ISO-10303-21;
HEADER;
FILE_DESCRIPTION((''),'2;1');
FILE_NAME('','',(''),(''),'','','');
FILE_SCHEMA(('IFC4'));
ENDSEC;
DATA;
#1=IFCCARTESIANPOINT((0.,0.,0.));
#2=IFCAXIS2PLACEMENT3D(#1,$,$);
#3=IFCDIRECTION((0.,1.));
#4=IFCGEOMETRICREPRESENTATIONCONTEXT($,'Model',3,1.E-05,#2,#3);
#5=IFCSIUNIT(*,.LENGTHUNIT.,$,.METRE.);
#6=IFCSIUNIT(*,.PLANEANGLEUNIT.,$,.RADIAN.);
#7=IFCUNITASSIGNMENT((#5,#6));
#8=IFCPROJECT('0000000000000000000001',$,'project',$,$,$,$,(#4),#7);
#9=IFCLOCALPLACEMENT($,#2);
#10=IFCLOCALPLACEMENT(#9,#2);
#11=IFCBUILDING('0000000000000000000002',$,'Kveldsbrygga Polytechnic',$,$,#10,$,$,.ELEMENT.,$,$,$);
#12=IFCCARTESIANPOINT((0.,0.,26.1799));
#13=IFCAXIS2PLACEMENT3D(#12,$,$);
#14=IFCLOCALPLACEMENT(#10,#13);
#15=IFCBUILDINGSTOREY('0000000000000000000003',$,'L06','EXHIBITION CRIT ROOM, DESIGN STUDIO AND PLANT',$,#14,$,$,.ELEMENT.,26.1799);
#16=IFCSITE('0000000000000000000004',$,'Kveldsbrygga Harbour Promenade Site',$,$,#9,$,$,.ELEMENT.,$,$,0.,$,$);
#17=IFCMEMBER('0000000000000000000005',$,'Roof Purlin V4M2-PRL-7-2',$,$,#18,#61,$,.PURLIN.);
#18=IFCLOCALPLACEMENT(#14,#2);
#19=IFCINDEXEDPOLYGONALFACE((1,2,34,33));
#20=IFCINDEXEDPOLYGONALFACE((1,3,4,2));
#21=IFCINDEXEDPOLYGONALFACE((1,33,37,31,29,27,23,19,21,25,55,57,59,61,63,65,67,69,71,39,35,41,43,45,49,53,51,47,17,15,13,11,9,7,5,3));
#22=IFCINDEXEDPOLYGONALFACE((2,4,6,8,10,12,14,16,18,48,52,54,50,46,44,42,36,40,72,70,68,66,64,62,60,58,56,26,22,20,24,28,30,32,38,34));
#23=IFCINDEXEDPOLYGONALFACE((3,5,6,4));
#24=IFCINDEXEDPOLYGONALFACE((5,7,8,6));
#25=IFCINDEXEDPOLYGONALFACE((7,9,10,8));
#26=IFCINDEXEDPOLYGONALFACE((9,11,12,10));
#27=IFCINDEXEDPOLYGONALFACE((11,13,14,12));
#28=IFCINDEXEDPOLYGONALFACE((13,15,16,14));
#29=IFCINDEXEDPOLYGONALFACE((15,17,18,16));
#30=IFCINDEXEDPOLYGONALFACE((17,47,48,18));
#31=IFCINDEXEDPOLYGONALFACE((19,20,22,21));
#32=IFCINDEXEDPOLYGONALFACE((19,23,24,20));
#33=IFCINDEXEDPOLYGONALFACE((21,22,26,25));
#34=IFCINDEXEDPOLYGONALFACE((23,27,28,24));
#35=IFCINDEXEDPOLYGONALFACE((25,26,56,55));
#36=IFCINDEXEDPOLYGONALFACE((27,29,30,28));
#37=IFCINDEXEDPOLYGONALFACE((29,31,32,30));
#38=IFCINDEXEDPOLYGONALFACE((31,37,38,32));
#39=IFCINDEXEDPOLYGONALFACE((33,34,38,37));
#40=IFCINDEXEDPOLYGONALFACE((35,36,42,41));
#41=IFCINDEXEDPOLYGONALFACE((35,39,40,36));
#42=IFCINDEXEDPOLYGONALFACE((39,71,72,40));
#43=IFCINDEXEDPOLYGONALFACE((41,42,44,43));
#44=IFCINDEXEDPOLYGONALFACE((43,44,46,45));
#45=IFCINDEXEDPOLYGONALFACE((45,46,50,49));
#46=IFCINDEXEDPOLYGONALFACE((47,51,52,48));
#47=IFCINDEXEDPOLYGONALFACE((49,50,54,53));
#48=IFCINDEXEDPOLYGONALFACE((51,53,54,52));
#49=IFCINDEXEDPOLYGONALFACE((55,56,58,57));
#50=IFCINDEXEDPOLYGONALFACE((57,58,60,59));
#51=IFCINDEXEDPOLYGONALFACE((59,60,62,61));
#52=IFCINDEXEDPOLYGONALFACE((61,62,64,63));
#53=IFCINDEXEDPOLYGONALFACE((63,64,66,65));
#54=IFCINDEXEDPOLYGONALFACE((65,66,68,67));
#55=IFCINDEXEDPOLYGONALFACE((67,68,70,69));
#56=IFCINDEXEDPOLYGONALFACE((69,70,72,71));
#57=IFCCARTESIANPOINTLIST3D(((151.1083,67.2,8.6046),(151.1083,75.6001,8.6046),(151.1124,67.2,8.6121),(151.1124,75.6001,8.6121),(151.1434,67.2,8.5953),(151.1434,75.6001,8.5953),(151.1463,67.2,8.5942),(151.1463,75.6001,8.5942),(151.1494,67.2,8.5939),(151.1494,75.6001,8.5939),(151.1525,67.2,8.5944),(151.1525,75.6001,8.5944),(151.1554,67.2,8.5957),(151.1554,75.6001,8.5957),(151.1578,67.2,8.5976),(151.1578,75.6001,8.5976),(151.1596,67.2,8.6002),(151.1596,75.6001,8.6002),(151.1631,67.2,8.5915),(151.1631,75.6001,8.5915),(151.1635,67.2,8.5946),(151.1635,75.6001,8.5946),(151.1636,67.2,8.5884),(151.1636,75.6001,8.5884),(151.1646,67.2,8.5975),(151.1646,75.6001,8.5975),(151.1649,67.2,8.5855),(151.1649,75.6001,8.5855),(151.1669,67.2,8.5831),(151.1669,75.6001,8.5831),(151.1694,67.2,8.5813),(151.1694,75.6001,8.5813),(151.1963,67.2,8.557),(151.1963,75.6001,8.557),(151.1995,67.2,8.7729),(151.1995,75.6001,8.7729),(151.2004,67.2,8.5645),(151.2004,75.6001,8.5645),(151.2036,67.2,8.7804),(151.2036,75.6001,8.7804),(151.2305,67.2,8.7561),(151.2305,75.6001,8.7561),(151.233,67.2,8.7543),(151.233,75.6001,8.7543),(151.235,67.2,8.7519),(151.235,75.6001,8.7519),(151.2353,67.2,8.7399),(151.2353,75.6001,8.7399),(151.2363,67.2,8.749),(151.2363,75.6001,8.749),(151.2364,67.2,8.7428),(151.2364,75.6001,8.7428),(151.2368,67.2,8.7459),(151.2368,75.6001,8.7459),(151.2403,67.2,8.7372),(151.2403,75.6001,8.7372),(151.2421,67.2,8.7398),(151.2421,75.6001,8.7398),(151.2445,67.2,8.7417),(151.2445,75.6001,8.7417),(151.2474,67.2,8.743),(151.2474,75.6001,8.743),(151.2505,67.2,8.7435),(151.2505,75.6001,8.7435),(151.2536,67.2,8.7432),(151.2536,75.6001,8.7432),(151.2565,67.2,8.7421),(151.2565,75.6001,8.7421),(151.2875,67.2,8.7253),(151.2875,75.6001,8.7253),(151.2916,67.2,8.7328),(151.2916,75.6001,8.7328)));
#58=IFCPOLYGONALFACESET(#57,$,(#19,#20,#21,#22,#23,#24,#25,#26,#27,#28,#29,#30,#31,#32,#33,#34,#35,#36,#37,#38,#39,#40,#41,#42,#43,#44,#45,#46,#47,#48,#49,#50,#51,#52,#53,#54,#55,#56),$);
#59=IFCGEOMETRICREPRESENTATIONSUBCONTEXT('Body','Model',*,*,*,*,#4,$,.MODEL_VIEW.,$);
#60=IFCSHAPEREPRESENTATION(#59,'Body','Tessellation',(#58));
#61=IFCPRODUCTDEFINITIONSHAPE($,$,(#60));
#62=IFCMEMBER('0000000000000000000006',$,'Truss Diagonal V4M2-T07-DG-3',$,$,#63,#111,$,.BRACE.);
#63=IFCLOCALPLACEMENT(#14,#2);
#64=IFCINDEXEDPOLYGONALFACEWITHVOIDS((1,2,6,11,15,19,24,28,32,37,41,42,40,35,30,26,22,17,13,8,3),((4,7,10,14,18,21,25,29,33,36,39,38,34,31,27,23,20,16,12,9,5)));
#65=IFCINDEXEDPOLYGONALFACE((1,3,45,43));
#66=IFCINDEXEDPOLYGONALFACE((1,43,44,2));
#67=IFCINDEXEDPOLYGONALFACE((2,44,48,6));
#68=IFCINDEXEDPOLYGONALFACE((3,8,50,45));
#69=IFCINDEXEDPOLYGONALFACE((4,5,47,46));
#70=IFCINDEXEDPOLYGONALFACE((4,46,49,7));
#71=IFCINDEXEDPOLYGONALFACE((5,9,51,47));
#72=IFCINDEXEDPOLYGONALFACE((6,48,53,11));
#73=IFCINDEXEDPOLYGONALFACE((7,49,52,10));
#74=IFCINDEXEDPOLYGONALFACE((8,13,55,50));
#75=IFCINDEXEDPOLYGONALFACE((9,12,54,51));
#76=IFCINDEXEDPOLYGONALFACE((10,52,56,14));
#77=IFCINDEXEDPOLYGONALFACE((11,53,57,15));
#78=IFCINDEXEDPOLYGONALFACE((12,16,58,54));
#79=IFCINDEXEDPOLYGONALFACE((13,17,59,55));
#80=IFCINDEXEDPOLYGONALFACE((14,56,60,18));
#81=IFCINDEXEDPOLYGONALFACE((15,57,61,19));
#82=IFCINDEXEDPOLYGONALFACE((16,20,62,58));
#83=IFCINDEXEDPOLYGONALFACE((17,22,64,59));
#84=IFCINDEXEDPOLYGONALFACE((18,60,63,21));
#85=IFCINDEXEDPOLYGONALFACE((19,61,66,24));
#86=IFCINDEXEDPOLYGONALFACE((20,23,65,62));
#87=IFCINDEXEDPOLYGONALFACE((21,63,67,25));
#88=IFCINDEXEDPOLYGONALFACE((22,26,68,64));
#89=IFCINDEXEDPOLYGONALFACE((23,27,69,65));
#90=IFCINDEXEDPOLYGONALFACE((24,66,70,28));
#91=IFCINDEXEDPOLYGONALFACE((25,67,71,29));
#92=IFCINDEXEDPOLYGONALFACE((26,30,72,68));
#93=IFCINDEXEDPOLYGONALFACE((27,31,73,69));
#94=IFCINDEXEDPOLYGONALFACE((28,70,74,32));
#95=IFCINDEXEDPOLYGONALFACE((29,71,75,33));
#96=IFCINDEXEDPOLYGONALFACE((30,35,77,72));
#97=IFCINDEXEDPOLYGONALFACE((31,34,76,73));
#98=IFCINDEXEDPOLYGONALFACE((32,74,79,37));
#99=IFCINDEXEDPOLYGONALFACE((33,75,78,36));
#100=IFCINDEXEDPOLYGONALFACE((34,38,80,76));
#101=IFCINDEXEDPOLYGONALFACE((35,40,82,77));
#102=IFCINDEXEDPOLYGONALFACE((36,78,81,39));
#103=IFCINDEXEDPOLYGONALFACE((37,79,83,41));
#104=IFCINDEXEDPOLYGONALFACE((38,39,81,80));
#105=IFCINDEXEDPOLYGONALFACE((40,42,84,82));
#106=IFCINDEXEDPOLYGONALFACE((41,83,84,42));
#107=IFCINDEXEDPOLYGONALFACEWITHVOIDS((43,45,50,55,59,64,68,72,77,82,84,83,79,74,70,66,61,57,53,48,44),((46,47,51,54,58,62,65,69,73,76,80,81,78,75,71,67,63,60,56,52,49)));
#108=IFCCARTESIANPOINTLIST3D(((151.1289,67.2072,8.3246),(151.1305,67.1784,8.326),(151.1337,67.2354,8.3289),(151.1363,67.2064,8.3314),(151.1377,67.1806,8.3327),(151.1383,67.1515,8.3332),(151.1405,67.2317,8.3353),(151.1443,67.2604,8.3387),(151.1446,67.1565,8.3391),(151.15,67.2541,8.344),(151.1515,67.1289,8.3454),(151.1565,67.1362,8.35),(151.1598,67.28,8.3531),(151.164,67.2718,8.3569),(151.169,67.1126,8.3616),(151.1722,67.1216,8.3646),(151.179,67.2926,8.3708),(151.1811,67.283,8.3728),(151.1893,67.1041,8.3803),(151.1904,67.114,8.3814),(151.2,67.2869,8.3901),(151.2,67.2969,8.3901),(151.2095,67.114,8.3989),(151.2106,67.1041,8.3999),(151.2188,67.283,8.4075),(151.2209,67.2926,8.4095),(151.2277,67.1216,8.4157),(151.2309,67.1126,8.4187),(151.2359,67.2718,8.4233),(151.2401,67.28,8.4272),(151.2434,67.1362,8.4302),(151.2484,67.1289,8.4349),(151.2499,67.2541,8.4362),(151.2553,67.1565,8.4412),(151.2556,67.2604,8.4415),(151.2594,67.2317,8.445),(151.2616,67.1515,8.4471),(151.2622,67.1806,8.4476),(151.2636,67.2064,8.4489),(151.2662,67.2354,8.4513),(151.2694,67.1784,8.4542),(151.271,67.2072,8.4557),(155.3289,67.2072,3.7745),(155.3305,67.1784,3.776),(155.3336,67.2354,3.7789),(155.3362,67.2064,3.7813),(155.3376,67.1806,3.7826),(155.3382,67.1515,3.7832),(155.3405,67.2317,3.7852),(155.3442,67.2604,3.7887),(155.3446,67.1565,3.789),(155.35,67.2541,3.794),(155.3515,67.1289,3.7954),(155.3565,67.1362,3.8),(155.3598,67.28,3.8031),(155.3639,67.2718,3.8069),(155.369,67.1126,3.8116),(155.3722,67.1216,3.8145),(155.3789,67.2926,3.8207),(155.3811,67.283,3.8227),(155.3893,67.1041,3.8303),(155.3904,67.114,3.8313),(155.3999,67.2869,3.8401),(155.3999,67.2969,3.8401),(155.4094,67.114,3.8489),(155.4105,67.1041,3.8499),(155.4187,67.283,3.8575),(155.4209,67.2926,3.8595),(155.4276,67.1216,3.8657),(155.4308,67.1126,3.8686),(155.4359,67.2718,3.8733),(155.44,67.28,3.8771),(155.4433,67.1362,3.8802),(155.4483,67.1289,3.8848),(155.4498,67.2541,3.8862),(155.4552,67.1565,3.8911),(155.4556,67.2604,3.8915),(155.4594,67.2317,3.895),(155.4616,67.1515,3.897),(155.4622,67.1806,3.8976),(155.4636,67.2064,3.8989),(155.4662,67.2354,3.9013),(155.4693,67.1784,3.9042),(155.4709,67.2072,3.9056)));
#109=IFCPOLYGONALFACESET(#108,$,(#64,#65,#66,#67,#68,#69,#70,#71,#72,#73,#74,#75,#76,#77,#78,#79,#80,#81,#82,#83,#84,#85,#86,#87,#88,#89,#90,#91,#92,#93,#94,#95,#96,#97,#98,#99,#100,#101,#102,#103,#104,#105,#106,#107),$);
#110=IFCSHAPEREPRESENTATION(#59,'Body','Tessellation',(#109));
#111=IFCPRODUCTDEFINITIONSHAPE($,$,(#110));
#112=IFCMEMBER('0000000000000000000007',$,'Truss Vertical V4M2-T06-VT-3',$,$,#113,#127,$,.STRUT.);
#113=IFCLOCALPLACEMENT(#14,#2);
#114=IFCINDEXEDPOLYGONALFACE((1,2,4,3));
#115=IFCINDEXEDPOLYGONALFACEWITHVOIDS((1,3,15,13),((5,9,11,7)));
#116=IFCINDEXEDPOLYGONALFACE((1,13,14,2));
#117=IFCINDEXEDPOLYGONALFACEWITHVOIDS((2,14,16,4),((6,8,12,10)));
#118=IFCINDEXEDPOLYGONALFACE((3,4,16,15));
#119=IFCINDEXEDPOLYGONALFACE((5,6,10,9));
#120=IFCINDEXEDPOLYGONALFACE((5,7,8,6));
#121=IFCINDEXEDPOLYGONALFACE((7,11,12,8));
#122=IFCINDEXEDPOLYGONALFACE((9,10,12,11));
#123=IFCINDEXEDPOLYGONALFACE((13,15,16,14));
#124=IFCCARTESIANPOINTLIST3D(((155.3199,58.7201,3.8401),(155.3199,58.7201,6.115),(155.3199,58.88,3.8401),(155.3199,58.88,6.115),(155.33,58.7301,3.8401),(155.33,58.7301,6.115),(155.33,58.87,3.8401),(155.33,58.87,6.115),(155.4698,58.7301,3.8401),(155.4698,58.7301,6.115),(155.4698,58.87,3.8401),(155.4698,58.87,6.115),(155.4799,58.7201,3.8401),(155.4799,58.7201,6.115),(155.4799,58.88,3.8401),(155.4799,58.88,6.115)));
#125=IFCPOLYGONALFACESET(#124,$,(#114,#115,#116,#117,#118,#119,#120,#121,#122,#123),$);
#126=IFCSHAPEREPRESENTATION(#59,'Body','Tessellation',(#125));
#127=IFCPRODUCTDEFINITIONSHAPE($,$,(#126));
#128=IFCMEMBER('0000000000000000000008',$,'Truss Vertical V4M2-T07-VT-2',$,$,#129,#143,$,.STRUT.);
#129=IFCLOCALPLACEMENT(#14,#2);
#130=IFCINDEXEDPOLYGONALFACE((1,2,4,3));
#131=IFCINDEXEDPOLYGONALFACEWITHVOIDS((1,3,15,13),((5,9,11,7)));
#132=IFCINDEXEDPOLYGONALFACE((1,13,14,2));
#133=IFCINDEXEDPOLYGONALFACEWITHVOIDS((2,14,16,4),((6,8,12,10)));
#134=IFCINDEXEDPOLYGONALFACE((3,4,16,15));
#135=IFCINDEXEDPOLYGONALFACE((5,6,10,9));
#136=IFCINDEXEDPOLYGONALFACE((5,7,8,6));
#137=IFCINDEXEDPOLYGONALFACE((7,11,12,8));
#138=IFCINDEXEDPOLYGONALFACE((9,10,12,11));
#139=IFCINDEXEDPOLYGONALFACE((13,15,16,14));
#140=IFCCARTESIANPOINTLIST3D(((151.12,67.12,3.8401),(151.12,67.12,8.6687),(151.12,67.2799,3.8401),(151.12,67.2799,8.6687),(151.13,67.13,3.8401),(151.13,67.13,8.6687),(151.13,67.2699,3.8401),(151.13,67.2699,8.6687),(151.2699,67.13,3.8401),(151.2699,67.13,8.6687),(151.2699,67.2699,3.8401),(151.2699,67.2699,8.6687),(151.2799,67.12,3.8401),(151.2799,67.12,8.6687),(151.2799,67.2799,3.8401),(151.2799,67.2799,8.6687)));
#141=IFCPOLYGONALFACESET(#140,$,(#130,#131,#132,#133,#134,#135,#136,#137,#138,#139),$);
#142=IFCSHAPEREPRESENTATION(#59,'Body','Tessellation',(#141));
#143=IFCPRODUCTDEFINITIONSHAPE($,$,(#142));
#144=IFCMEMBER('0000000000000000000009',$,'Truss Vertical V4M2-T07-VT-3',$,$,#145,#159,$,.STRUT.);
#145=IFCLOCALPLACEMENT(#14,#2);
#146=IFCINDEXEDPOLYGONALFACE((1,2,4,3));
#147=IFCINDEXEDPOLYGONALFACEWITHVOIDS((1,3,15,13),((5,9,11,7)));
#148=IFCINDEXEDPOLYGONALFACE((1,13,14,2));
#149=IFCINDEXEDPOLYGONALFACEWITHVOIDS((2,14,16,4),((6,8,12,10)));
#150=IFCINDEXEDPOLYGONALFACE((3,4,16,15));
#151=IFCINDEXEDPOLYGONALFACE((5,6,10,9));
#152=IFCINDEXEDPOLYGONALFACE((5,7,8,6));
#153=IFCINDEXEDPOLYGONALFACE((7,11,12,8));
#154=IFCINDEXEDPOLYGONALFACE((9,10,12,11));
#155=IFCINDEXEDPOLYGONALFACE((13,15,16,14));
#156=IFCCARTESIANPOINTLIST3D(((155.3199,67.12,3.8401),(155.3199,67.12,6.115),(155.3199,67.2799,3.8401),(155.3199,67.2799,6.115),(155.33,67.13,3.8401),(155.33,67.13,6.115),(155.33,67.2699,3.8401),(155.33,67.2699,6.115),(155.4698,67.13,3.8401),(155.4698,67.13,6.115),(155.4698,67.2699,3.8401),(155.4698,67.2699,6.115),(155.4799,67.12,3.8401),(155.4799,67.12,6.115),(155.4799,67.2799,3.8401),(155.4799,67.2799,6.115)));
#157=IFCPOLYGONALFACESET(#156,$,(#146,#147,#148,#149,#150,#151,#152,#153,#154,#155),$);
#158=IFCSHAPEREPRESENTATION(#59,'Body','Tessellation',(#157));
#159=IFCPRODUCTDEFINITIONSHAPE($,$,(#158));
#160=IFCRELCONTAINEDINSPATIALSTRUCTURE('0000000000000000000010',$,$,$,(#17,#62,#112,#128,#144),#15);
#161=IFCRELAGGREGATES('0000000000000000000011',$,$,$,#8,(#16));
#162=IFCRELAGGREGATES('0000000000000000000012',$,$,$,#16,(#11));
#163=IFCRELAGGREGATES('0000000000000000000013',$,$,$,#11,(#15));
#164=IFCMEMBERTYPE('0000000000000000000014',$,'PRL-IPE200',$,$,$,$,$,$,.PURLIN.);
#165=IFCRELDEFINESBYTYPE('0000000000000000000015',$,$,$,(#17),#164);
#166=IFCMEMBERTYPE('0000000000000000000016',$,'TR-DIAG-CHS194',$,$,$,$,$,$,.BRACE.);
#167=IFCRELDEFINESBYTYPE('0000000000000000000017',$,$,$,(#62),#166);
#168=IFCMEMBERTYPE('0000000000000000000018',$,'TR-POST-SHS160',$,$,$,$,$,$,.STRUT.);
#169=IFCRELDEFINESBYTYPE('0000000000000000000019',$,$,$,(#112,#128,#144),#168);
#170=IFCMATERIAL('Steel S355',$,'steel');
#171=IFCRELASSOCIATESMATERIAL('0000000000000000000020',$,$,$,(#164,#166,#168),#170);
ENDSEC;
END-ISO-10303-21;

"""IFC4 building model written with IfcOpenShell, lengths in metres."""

from ifc_helpers import new_model, si_unit, direction, frame, origin, origin_2d, place, context, subcontext, project, spatial, hollow_rectangle, hollow_circle, i_section, extrude, material, material_profile, profile_set, type_object, element, save


model = new_model("IFC4")

# Units and contexts
model_context = context("Model", 3, precision=1e-05, world=origin(), true_north=direction((0.0, 1.0)))
body_context = subcontext(model_context, "Body", "Model", "MODEL_VIEW")
ifc_project = project(units=[si_unit("LENGTHUNIT", "METRE"), si_unit("PLANEANGLEUNIT", "RADIAN")], contexts=[model_context])

# Site, building, storey
site_placement = place(None, origin())
site = spatial("IfcSite", under=ifc_project, at=site_placement, Name="Kveldsbrygga Harbour Promenade Site", CompositionType="ELEMENT", RefElevation=0.0)
building_placement = place(site_placement, origin())
building = spatial("IfcBuilding", under=site, at=building_placement, Name="Kveldsbrygga Polytechnic", CompositionType="ELEMENT")
storey_placement = place(building_placement, frame((0.0, 0.0, 26.1799)))
storey = spatial("IfcBuildingStorey", under=building, at=storey_placement, Name="L06", Description="EXHIBITION CRIT ROOM, DESIGN STUDIO AND PLANT", CompositionType="ELEMENT", Elevation=26.1799)

# Shared definitions
ifc_material_1 = material(Name="Steel S355", Category="steel")

# Members
ifc_material_profile_1 = material_profile(ifc_material_1, i_section(OverallWidth=0.1001, OverallDepth=0.2, WebThickness=0.0056, FlangeThickness=0.0085, FilletRadius=0.012, at=origin_2d()), Name="IPE 200")
ifc_profile_set_1 = profile_set([ifc_material_profile_1], Name="Steel S355")
member_type_1 = type_object("IfcMemberType", Name="PRL-IPE200", PredefinedType="PURLIN", material=ifc_profile_set_1)
member_1_placement = place(storey_placement, frame((151.2, 67.2, 8.6687), z_axis=(0.0, 1.0, 0.0), x_axis=(-0.879292, 0.0, 0.476283)))
element("IfcMember", 1, at=member_1_placement, inside=storey, type_object=member_type_1, Name="Roof Purlin V4M2-PRL-7-2", PredefinedType="PURLIN", context=body_context, shape_type="SweptSolid", body=[
    extrude(i_section(OverallWidth=0.1001, OverallDepth=0.2, WebThickness=0.0056, FlangeThickness=0.0085, FilletRadius=0.012, at=origin_2d()), origin(), (0.0, 0.0, 1.0), 8.4001),
])
ifc_material_profile_2 = material_profile(ifc_material_1, hollow_circle(Radius=0.0969, WallThickness=0.01, at=origin_2d()), Name="CHS 193.7x10.0")
ifc_profile_set_2 = profile_set([ifc_material_profile_2], Name="Steel S355")
member_type_2 = type_object("IfcMemberType", Name="TR-DIAG-CHS194", PredefinedType="BRACE", material=ifc_profile_set_2)
member_2_placement = place(storey_placement, frame((151.2, 67.2, 8.3901), z_axis=(0.678272, 0.0, -0.734811), x_axis=(0.0, 1.0, 0.0)))
element("IfcMember", 2, at=member_2_placement, inside=storey, type_object=member_type_2, Name="Truss Diagonal V4M2-T07-DG-3", PredefinedType="BRACE", context=body_context, shape_type="SweptSolid", body=[
    extrude(hollow_circle(Radius=0.0969, WallThickness=0.01, at=origin_2d()), origin(), (0.0, 0.0, 1.0), 6.1921),
])
ifc_material_profile_3 = material_profile(ifc_material_1, hollow_rectangle(XDim=0.1599, YDim=0.1599, WallThickness=0.01, at=origin_2d()), Name="SHS 160x160x10.0")
ifc_profile_set_3 = profile_set([ifc_material_profile_3], Name="Steel S355")
member_type_3 = type_object("IfcMemberType", Name="TR-POST-SHS160", PredefinedType="STRUT", material=ifc_profile_set_3)
member_3_placement = place(storey_placement, frame((155.3999, 58.8, 3.8401), z_axis=(0.0, 0.0, 1.0), x_axis=(1.0, 0.0, 0.0)))
element("IfcMember", 3, at=member_3_placement, inside=storey, type_object=member_type_3, Name="Truss Vertical V4M2-T06-VT-3", PredefinedType="STRUT", context=body_context, shape_type="SweptSolid", body=[
    extrude(hollow_rectangle(XDim=0.1599, YDim=0.1599, WallThickness=0.01, at=origin_2d()), origin(), (0.0, 0.0, 1.0), 2.2749),
])
member_4_placement = place(storey_placement, frame((151.2, 67.2, 3.8401), z_axis=(0.0, 0.0, 1.0), x_axis=(1.0, 0.0, 0.0)))
element("IfcMember", 4, at=member_4_placement, inside=storey, type_object=member_type_3, Name="Truss Vertical V4M2-T07-VT-2", PredefinedType="STRUT", context=body_context, shape_type="SweptSolid", body=[
    extrude(hollow_rectangle(XDim=0.1599, YDim=0.1599, WallThickness=0.01, at=origin_2d()), origin(), (0.0, 0.0, 1.0), 4.8286),
])
member_5_placement = place(storey_placement, frame((155.3999, 67.2, 3.8401), z_axis=(0.0, 0.0, 1.0), x_axis=(1.0, 0.0, 0.0)))
element("IfcMember", 5, at=member_5_placement, inside=storey, type_object=member_type_3, Name="Truss Vertical V4M2-T07-VT-3", PredefinedType="STRUT", context=body_context, shape_type="SweptSolid", body=[
    extrude(hollow_rectangle(XDim=0.1599, YDim=0.1599, WallThickness=0.01, at=origin_2d()), origin(), (0.0, 0.0, 1.0), 2.2749),
])

save(model, "model.ifc")
